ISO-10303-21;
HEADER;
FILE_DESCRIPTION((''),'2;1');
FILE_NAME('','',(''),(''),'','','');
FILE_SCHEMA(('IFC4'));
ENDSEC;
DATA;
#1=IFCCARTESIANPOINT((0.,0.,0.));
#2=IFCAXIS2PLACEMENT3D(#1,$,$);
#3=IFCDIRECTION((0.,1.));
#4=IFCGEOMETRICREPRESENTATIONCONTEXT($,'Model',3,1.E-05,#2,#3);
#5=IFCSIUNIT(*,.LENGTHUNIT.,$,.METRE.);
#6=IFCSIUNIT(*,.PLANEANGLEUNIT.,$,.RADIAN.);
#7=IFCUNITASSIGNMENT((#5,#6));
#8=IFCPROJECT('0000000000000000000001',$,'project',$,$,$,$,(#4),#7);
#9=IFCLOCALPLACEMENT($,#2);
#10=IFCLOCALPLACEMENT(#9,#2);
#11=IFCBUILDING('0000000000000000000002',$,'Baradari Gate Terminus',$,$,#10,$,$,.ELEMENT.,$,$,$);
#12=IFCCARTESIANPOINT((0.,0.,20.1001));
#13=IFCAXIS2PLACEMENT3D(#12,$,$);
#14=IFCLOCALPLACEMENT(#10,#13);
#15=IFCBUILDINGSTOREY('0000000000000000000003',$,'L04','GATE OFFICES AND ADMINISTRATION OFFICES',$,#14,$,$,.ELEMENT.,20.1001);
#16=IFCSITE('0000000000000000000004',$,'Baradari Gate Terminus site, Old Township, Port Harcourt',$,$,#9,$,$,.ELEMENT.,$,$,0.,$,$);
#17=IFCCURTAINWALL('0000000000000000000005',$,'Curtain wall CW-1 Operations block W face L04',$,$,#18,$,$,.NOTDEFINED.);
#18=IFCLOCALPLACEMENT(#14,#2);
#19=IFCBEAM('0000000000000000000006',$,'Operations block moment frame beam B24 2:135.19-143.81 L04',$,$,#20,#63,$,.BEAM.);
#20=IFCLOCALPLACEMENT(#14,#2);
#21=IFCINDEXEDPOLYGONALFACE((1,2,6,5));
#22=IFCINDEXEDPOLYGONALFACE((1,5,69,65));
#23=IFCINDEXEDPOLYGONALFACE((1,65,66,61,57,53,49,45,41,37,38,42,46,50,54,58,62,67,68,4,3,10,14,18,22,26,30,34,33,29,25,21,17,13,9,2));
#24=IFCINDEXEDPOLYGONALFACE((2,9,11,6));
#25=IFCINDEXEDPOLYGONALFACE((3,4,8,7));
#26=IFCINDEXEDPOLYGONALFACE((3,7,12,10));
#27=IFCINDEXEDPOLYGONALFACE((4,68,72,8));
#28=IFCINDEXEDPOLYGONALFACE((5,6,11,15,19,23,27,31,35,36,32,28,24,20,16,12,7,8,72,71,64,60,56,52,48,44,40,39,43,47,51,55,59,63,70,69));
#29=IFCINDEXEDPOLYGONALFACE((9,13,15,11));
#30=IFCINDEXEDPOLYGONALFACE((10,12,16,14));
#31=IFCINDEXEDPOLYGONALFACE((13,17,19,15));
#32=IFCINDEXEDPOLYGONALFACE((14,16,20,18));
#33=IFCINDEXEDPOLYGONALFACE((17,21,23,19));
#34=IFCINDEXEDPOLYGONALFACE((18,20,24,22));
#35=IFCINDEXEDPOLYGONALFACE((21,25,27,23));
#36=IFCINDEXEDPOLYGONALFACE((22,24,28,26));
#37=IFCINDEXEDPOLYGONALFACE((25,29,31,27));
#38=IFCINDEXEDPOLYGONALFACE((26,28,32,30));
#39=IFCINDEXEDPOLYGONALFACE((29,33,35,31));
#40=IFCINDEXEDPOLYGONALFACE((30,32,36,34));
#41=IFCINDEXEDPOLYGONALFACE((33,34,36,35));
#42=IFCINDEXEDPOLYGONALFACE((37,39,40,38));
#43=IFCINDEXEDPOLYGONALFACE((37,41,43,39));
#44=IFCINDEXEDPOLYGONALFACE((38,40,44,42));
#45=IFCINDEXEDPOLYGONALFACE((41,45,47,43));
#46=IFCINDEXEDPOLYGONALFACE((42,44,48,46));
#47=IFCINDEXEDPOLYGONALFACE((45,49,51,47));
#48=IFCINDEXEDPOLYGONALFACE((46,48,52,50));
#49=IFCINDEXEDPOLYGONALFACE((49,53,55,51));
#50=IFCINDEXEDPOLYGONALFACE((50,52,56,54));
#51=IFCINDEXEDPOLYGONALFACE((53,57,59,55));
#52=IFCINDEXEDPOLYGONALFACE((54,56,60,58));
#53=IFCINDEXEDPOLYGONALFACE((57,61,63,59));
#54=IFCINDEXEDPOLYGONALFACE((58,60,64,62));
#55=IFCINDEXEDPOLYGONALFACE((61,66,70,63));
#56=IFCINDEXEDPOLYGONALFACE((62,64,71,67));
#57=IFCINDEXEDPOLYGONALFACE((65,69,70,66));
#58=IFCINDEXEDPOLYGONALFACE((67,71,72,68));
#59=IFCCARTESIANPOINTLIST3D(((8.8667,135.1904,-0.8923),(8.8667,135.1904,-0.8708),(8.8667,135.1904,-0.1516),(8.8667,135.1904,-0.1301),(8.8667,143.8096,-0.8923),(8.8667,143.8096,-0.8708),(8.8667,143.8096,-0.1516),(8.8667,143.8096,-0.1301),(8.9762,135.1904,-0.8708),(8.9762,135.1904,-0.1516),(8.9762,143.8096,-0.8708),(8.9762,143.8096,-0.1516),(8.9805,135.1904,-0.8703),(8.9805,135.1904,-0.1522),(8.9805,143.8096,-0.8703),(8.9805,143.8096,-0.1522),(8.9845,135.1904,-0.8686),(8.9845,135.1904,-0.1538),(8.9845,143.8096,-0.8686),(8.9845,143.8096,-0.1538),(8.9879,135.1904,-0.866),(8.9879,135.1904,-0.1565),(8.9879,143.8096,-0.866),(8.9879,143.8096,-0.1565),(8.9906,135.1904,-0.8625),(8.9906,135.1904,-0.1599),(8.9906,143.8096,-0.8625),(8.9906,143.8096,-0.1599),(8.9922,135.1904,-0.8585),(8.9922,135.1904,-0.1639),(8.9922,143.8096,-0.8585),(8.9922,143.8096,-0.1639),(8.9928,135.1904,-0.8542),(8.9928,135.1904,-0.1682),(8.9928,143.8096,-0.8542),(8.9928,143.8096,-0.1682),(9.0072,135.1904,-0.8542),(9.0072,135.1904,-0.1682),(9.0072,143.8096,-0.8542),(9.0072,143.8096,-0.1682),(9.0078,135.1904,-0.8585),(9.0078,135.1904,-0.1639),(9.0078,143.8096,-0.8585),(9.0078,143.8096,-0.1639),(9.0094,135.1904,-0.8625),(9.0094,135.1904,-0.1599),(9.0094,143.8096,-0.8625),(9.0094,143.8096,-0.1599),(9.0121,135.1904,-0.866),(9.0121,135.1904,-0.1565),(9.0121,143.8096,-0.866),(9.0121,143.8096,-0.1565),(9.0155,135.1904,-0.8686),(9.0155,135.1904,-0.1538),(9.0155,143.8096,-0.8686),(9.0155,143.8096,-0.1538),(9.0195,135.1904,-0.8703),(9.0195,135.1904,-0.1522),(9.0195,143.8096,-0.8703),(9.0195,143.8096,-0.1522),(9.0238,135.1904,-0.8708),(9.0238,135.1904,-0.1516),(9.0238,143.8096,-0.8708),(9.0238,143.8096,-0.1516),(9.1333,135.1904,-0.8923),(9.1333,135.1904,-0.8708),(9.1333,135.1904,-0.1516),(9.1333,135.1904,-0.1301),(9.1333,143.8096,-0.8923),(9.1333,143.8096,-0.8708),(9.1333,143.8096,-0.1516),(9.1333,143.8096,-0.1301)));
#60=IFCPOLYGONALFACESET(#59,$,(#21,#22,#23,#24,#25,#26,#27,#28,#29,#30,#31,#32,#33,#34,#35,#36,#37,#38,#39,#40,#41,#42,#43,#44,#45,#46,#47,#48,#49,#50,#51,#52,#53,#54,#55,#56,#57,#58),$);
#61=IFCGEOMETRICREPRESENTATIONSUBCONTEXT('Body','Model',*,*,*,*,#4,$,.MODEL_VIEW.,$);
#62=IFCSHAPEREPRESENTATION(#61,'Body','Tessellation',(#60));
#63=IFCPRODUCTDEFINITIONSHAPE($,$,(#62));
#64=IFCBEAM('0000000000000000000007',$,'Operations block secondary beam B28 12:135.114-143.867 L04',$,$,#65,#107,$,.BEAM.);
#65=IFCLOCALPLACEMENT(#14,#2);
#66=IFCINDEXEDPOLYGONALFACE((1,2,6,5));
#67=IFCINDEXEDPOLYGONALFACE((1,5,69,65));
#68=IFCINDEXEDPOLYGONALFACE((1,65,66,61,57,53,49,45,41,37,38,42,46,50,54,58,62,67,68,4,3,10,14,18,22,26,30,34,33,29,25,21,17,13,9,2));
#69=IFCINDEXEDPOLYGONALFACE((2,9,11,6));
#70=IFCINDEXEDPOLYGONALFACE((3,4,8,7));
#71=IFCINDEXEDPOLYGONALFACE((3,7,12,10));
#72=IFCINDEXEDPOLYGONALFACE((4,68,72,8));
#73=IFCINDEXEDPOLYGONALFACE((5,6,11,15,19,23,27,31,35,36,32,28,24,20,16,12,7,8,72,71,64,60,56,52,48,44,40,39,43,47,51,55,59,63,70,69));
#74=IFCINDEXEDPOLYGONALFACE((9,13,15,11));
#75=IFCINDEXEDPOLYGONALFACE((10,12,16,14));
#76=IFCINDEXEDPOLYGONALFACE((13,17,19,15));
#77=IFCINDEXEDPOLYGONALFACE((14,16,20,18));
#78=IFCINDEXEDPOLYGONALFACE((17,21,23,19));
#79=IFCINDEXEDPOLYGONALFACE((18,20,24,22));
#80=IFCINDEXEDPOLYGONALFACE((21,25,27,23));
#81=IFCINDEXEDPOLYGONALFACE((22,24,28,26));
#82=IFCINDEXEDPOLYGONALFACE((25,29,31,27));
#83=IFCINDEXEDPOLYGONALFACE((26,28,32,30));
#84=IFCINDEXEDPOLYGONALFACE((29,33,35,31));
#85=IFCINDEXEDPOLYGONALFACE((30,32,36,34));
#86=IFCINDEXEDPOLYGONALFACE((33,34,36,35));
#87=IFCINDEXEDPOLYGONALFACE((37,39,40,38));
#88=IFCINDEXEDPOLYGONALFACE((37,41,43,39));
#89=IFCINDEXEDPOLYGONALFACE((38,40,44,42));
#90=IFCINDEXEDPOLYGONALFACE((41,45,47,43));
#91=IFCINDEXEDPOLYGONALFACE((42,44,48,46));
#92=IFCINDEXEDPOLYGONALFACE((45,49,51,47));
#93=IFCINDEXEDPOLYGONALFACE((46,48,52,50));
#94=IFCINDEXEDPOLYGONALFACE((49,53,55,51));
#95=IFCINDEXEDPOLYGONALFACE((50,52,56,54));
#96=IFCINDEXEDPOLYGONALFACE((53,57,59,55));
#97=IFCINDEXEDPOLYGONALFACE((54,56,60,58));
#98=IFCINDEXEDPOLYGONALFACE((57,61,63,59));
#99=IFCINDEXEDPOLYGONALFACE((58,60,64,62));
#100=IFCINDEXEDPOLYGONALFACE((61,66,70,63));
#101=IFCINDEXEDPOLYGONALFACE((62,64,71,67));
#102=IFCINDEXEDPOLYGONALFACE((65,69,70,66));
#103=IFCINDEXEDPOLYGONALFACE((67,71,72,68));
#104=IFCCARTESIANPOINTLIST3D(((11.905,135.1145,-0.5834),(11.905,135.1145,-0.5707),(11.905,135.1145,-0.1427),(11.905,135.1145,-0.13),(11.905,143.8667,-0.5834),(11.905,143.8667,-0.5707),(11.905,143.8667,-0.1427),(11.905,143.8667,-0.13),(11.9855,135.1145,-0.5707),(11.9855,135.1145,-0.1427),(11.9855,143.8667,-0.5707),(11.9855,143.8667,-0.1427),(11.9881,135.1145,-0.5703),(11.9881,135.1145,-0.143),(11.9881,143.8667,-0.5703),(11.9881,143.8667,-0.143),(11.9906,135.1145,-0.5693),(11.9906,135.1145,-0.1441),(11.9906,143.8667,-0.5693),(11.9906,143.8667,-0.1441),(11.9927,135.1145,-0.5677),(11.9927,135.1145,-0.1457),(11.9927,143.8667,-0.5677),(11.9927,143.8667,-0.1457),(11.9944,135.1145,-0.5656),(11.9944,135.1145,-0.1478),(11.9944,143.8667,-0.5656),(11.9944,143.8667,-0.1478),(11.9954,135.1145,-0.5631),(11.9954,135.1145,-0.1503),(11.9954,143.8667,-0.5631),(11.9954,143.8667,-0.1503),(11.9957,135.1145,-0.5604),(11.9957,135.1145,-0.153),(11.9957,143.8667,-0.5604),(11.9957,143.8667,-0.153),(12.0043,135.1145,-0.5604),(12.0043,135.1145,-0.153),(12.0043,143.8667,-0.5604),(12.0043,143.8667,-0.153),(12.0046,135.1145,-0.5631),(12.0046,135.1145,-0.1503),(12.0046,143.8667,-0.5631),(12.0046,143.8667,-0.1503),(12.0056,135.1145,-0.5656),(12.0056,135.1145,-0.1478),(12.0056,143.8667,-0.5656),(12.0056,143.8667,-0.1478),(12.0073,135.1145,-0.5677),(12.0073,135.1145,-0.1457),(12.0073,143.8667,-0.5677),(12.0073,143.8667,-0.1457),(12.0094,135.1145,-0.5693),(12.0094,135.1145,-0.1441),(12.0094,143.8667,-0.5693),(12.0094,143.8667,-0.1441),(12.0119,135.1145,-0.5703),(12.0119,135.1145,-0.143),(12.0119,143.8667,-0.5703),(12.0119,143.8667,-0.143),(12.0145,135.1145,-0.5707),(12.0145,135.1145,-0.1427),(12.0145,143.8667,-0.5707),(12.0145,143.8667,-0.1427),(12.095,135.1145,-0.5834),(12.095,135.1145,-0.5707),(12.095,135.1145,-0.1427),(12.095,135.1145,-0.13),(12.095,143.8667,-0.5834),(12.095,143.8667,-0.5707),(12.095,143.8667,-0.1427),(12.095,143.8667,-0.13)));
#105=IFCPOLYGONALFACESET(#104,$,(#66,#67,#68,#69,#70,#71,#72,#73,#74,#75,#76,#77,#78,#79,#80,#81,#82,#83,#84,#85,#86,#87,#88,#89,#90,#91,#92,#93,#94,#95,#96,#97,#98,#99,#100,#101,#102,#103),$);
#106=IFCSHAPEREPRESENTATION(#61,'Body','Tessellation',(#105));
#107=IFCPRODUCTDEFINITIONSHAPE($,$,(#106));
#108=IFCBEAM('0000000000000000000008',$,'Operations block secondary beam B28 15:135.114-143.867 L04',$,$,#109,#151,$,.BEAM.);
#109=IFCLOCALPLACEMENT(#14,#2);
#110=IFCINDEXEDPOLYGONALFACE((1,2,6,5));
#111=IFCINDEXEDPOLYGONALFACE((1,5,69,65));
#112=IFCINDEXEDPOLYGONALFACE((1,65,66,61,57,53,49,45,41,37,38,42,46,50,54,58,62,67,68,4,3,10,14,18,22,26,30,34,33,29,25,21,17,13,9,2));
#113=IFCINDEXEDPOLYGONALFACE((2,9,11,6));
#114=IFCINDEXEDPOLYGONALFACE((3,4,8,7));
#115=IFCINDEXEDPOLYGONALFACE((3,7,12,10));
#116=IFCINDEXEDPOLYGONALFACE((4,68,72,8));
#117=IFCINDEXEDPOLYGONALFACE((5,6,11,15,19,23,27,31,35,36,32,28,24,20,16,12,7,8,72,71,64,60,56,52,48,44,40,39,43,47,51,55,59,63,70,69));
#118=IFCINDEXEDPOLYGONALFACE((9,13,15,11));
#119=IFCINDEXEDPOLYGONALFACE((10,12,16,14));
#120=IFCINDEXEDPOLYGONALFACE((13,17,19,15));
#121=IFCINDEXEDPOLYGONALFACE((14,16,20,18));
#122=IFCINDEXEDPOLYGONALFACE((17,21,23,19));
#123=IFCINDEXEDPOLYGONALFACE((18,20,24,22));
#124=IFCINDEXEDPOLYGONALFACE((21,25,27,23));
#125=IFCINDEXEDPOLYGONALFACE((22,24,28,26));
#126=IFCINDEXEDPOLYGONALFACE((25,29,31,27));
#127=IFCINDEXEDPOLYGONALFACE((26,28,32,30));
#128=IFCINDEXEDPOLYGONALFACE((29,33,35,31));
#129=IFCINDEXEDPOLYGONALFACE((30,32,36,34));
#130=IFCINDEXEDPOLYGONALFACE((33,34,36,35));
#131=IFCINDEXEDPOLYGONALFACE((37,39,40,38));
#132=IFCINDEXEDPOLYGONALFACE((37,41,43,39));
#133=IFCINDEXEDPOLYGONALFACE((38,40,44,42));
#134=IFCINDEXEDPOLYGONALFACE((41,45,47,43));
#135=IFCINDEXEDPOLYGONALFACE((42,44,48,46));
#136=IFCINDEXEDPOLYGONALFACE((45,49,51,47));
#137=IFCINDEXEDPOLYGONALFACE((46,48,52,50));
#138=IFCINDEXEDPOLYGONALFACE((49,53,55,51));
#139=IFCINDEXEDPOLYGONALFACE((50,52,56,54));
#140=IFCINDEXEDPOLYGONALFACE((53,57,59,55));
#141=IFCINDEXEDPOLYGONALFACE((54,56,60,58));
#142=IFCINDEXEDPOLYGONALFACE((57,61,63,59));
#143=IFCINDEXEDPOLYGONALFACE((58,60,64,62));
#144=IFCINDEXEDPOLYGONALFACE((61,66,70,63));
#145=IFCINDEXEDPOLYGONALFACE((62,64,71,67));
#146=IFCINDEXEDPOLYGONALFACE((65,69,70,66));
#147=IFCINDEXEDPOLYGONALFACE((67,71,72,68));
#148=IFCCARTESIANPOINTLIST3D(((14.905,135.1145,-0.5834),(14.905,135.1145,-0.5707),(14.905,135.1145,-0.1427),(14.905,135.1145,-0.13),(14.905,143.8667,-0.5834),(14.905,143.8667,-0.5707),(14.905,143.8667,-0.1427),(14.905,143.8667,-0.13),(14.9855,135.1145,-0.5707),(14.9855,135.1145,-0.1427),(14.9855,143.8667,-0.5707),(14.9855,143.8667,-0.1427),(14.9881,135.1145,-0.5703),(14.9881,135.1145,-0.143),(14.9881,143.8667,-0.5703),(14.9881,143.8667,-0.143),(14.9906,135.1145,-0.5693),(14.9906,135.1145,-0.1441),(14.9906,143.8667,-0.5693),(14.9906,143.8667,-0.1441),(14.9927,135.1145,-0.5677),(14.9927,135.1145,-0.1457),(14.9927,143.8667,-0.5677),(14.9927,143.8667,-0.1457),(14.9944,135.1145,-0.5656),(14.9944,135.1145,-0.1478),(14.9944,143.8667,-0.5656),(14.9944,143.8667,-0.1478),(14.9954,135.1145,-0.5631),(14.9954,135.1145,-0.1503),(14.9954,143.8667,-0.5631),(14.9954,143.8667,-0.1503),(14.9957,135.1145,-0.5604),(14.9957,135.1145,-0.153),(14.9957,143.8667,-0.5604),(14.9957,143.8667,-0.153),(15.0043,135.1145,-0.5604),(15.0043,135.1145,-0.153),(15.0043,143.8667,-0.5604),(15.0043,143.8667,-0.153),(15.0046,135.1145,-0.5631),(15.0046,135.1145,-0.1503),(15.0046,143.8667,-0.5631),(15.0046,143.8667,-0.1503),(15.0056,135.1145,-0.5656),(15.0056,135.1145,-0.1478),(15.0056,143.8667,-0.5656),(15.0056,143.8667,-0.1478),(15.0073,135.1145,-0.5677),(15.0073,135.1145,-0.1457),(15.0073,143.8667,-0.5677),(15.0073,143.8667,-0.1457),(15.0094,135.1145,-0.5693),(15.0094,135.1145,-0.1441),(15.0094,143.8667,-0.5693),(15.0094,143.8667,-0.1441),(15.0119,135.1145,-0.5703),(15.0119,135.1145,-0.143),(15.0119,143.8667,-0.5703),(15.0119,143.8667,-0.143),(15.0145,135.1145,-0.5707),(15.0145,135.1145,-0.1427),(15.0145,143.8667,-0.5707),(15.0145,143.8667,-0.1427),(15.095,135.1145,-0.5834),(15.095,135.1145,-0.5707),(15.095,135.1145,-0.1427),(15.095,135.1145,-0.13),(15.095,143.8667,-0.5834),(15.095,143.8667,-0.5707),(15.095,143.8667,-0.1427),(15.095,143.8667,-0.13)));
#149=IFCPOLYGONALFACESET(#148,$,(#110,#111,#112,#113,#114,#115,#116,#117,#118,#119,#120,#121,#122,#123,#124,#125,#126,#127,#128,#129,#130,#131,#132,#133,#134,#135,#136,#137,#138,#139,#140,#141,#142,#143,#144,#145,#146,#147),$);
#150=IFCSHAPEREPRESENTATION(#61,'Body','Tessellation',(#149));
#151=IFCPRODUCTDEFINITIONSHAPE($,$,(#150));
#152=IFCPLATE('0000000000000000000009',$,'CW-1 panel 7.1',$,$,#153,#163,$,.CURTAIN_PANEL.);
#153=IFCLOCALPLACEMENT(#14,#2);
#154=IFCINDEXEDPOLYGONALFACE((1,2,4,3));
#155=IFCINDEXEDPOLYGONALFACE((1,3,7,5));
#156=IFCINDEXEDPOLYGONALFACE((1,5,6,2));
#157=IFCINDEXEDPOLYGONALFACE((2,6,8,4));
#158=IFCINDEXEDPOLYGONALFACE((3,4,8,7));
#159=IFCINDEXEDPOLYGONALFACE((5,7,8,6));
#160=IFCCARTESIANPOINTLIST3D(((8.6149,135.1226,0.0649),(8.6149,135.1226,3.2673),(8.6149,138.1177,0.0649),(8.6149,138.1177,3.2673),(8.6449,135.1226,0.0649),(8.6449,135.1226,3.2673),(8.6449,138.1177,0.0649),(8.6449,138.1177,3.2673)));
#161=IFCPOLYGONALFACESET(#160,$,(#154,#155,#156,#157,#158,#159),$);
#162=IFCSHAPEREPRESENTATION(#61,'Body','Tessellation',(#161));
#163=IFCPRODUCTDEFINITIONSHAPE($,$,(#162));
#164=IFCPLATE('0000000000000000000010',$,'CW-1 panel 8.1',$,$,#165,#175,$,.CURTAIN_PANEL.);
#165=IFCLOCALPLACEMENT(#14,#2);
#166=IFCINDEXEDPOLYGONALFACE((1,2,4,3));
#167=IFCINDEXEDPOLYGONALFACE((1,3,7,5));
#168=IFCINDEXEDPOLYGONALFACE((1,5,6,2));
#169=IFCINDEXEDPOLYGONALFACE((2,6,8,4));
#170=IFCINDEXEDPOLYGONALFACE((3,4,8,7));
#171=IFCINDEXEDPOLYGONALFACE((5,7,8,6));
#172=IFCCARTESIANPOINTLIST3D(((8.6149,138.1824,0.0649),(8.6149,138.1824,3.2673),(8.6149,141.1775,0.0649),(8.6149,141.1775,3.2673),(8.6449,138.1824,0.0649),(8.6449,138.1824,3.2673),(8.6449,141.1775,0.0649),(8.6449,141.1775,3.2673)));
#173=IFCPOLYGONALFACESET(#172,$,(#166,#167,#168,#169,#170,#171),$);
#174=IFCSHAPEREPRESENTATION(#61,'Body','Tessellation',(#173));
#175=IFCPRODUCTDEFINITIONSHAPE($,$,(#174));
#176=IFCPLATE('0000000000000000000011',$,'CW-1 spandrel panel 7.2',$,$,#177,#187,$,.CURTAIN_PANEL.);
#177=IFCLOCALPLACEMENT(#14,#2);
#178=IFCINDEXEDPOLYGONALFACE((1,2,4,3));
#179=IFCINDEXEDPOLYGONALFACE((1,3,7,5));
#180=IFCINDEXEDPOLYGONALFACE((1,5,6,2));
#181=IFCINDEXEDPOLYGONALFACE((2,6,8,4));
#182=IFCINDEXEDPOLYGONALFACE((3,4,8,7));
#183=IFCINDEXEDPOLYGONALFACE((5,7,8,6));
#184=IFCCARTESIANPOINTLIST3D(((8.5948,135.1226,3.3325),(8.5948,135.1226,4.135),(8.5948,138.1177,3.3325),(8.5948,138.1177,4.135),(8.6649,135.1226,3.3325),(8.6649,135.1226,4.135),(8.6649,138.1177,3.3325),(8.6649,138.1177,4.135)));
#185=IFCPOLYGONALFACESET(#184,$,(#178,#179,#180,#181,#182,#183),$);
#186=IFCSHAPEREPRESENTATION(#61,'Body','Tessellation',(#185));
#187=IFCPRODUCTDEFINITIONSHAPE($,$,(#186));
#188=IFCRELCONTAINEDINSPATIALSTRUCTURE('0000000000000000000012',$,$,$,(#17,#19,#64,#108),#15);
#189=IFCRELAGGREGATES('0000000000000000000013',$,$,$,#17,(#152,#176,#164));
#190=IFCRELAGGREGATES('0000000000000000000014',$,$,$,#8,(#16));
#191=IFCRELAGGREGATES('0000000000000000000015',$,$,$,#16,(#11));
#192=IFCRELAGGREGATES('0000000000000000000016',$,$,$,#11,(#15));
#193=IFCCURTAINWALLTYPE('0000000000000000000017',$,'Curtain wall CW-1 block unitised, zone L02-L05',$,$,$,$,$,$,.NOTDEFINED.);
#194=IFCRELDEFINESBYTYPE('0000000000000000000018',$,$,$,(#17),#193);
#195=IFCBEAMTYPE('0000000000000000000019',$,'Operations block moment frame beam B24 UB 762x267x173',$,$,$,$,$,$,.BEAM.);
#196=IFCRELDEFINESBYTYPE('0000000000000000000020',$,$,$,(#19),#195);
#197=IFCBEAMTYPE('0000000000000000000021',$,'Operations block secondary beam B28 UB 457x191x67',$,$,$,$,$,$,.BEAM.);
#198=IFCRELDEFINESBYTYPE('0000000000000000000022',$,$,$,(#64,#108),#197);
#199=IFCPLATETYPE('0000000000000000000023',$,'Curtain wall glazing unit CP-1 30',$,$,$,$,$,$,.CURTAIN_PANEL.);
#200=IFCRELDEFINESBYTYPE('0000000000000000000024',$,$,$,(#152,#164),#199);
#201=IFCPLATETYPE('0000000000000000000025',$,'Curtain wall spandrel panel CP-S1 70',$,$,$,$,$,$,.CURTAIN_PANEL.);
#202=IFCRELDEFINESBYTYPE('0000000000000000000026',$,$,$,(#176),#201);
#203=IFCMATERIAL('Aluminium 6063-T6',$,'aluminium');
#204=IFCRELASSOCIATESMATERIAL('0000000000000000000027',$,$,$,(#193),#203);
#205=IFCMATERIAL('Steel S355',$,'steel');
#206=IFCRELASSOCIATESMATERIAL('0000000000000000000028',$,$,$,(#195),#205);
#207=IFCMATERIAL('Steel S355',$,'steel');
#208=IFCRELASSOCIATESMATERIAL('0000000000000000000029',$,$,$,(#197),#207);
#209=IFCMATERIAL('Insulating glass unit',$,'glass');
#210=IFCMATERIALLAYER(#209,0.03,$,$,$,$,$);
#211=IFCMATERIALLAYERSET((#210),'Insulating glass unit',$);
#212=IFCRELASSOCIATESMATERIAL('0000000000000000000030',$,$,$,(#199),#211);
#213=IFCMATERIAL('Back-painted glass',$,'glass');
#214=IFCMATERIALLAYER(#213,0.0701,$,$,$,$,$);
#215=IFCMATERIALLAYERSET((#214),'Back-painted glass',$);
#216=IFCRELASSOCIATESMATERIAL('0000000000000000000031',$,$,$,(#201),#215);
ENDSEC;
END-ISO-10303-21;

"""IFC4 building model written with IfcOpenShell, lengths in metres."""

from ifc_helpers import new_model, si_unit, direction, frame, origin, origin_2d, place, context, subcontext, project, spatial, rectangle, i_section, extrude, material, layer, layer_set, material_profile, profile_set, type_object, element, aggregate, save


model = new_model("IFC4")

# Units and contexts
model_context = context("Model", 3, precision=1e-05, world=origin(), true_north=direction((0.0, 1.0)))
body_context = subcontext(model_context, "Body", "Model", "MODEL_VIEW")
ifc_project = project(units=[si_unit("LENGTHUNIT", "METRE"), si_unit("PLANEANGLEUNIT", "RADIAN")], contexts=[model_context])

# Site, building, storey
site_placement = place(None, origin())
site = spatial("IfcSite", under=ifc_project, at=site_placement, Name="Baradari Gate Terminus site, Old Township, Port Harcourt", CompositionType="ELEMENT", RefElevation=0.0)
building_placement = place(site_placement, origin())
building = spatial("IfcBuilding", under=site, at=building_placement, Name="Baradari Gate Terminus", CompositionType="ELEMENT")
storey_placement = place(building_placement, frame((0.0, 0.0, 20.1001)))
storey = spatial("IfcBuildingStorey", under=building, at=storey_placement, Name="L04", Description="GATE OFFICES AND ADMINISTRATION OFFICES", CompositionType="ELEMENT", Elevation=20.1001)

# Curtain wall
ifc_material_1 = material(Name="Aluminium 6063-T6", Category="aluminium")
curtain_wall_type = type_object("IfcCurtainWallType", Name="Curtain wall CW-1 block unitised, zone L02-L05", PredefinedType="NOTDEFINED", material=ifc_material_1)
curtain_wall_placement = place(storey_placement, origin())
curtain_wall = element("IfcCurtainWall", 1, at=curtain_wall_placement, inside=storey, type_object=curtain_wall_type, Name="Curtain wall CW-1 Operations block W face L04", PredefinedType="NOTDEFINED")

# Beams
ifc_material_2 = material(Name="Steel S355", Category="steel")
ifc_material_profile_1 = material_profile(ifc_material_2, i_section(OverallWidth=0.2666, OverallDepth=0.7622, WebThickness=0.0144, FlangeThickness=0.0215, FilletRadius=0.0166, at=origin_2d()), Name="UB 762x267x173")
ifc_profile_set_1 = profile_set([ifc_material_profile_1], Name="Steel S355")
beam_type_1 = type_object("IfcBeamType", Name="Operations block moment frame beam B24 UB 762x267x173", PredefinedType="BEAM", material=ifc_profile_set_1)
beam_1_placement = place(storey_placement, frame((9.0, 135.1904, -0.5112), z_axis=(0.0, 1.0, 0.0), x_axis=(-1.0, 0.0, 0.0)))
element("IfcBeam", 2, at=beam_1_placement, inside=storey, type_object=beam_type_1, Name="Operations block moment frame beam B24 2:135.19-143.81 L04", PredefinedType="BEAM", context=body_context, shape_type="SweptSolid", body=[
    extrude(i_section(OverallWidth=0.2666, OverallDepth=0.7622, WebThickness=0.0144, FlangeThickness=0.0215, FilletRadius=0.0166, at=origin_2d()), origin(), (0.0, 0.0, 1.0), 8.6191),
])
ifc_material_3 = material(Name="Steel S355", Category="steel")
ifc_material_profile_2 = material_profile(ifc_material_3, i_section(OverallWidth=0.1899, OverallDepth=0.4534, WebThickness=0.0085, FlangeThickness=0.0127, FilletRadius=0.0103, at=origin_2d()), Name="UB 457x191x67")
ifc_profile_set_2 = profile_set([ifc_material_profile_2], Name="Steel S355")
beam_type_2 = type_object("IfcBeamType", Name="Operations block secondary beam B28 UB 457x191x67", PredefinedType="BEAM", material=ifc_profile_set_2)
for number, where, z_axis, x_axis, name in (
    (3, (12.0, 135.1145, -0.3567), (0.0, 1.0, 0.0), (-1.0, 0.0, 0.0), "Operations block secondary beam B28 12:135.114-143.867 L04"),
    (4, (15.0, 135.1145, -0.3567), (0.0, 1.0, 0.0), (-1.0, 0.0, 0.0), "Operations block secondary beam B28 15:135.114-143.867 L04"),
):
    element("IfcBeam", number, at=place(storey_placement, frame(where, z_axis=z_axis, x_axis=x_axis)), inside=storey, type_object=beam_type_2, Name=name, PredefinedType="BEAM", context=body_context, shape_type="SweptSolid", body=[
        extrude(i_section(OverallWidth=0.1899, OverallDepth=0.4534, WebThickness=0.0085, FlangeThickness=0.0127, FilletRadius=0.0103, at=origin_2d()), origin(), (0.0, 0.0, 1.0), 8.7522),
    ])

# Plates
ifc_material_4 = material(Name="Insulating glass unit", Category="glass")
ifc_layer_1 = layer(ifc_material_4, 0.03)
ifc_layer_set_1 = layer_set([ifc_layer_1], Name="Insulating glass unit")
plate_type_1 = type_object("IfcPlateType", Name="Curtain wall glazing unit CP-1 30", PredefinedType="CURTAIN_PANEL", material=ifc_layer_set_1)
plate_1_placement = place(storey_placement, frame((8.6299, 136.6201, 0.0649), z_axis=(0.0, 0.0, 1.0), x_axis=(0.0, 1.0, 0.0)))
plate_1 = element("IfcPlate", 5, at=plate_1_placement, type_object=plate_type_1, Name="CW-1 panel 7.1", PredefinedType="CURTAIN_PANEL", context=body_context, shape_type="SweptSolid", body=[
    extrude(rectangle(XDim=2.9951, YDim=0.03, at=origin_2d()), origin(), (0.0, 0.0, 1.0), 3.2024),
])
plate_2_placement = place(storey_placement, frame((8.6299, 139.6799, 0.0649), z_axis=(0.0, 0.0, 1.0), x_axis=(0.0, 1.0, 0.0)))
plate_2 = element("IfcPlate", 6, at=plate_2_placement, type_object=plate_type_1, Name="CW-1 panel 8.1", PredefinedType="CURTAIN_PANEL", context=body_context, shape_type="SweptSolid", body=[
    extrude(rectangle(XDim=2.9951, YDim=0.03, at=origin_2d()), origin(), (0.0, 0.0, 1.0), 3.2024),
])
ifc_material_5 = material(Name="Back-painted glass", Category="glass")
ifc_layer_2 = layer(ifc_material_5, 0.0701)
ifc_layer_set_2 = layer_set([ifc_layer_2], Name="Back-painted glass")
plate_type_2 = type_object("IfcPlateType", Name="Curtain wall spandrel panel CP-S1 70", PredefinedType="CURTAIN_PANEL", material=ifc_layer_set_2)
plate_3_placement = place(storey_placement, frame((8.6299, 136.6201, 3.3325), z_axis=(0.0, 0.0, 1.0), x_axis=(0.0, 1.0, 0.0)))
plate_3 = element("IfcPlate", 7, at=plate_3_placement, type_object=plate_type_2, Name="CW-1 spandrel panel 7.2", PredefinedType="CURTAIN_PANEL", context=body_context, shape_type="SweptSolid", body=[
    extrude(rectangle(XDim=2.9951, YDim=0.0701, at=origin_2d()), origin(), (0.0, 0.0, 1.0), 0.8025),
])
aggregate(curtain_wall, [plate_1, plate_3, plate_2])

save(model, "model.ifc")
